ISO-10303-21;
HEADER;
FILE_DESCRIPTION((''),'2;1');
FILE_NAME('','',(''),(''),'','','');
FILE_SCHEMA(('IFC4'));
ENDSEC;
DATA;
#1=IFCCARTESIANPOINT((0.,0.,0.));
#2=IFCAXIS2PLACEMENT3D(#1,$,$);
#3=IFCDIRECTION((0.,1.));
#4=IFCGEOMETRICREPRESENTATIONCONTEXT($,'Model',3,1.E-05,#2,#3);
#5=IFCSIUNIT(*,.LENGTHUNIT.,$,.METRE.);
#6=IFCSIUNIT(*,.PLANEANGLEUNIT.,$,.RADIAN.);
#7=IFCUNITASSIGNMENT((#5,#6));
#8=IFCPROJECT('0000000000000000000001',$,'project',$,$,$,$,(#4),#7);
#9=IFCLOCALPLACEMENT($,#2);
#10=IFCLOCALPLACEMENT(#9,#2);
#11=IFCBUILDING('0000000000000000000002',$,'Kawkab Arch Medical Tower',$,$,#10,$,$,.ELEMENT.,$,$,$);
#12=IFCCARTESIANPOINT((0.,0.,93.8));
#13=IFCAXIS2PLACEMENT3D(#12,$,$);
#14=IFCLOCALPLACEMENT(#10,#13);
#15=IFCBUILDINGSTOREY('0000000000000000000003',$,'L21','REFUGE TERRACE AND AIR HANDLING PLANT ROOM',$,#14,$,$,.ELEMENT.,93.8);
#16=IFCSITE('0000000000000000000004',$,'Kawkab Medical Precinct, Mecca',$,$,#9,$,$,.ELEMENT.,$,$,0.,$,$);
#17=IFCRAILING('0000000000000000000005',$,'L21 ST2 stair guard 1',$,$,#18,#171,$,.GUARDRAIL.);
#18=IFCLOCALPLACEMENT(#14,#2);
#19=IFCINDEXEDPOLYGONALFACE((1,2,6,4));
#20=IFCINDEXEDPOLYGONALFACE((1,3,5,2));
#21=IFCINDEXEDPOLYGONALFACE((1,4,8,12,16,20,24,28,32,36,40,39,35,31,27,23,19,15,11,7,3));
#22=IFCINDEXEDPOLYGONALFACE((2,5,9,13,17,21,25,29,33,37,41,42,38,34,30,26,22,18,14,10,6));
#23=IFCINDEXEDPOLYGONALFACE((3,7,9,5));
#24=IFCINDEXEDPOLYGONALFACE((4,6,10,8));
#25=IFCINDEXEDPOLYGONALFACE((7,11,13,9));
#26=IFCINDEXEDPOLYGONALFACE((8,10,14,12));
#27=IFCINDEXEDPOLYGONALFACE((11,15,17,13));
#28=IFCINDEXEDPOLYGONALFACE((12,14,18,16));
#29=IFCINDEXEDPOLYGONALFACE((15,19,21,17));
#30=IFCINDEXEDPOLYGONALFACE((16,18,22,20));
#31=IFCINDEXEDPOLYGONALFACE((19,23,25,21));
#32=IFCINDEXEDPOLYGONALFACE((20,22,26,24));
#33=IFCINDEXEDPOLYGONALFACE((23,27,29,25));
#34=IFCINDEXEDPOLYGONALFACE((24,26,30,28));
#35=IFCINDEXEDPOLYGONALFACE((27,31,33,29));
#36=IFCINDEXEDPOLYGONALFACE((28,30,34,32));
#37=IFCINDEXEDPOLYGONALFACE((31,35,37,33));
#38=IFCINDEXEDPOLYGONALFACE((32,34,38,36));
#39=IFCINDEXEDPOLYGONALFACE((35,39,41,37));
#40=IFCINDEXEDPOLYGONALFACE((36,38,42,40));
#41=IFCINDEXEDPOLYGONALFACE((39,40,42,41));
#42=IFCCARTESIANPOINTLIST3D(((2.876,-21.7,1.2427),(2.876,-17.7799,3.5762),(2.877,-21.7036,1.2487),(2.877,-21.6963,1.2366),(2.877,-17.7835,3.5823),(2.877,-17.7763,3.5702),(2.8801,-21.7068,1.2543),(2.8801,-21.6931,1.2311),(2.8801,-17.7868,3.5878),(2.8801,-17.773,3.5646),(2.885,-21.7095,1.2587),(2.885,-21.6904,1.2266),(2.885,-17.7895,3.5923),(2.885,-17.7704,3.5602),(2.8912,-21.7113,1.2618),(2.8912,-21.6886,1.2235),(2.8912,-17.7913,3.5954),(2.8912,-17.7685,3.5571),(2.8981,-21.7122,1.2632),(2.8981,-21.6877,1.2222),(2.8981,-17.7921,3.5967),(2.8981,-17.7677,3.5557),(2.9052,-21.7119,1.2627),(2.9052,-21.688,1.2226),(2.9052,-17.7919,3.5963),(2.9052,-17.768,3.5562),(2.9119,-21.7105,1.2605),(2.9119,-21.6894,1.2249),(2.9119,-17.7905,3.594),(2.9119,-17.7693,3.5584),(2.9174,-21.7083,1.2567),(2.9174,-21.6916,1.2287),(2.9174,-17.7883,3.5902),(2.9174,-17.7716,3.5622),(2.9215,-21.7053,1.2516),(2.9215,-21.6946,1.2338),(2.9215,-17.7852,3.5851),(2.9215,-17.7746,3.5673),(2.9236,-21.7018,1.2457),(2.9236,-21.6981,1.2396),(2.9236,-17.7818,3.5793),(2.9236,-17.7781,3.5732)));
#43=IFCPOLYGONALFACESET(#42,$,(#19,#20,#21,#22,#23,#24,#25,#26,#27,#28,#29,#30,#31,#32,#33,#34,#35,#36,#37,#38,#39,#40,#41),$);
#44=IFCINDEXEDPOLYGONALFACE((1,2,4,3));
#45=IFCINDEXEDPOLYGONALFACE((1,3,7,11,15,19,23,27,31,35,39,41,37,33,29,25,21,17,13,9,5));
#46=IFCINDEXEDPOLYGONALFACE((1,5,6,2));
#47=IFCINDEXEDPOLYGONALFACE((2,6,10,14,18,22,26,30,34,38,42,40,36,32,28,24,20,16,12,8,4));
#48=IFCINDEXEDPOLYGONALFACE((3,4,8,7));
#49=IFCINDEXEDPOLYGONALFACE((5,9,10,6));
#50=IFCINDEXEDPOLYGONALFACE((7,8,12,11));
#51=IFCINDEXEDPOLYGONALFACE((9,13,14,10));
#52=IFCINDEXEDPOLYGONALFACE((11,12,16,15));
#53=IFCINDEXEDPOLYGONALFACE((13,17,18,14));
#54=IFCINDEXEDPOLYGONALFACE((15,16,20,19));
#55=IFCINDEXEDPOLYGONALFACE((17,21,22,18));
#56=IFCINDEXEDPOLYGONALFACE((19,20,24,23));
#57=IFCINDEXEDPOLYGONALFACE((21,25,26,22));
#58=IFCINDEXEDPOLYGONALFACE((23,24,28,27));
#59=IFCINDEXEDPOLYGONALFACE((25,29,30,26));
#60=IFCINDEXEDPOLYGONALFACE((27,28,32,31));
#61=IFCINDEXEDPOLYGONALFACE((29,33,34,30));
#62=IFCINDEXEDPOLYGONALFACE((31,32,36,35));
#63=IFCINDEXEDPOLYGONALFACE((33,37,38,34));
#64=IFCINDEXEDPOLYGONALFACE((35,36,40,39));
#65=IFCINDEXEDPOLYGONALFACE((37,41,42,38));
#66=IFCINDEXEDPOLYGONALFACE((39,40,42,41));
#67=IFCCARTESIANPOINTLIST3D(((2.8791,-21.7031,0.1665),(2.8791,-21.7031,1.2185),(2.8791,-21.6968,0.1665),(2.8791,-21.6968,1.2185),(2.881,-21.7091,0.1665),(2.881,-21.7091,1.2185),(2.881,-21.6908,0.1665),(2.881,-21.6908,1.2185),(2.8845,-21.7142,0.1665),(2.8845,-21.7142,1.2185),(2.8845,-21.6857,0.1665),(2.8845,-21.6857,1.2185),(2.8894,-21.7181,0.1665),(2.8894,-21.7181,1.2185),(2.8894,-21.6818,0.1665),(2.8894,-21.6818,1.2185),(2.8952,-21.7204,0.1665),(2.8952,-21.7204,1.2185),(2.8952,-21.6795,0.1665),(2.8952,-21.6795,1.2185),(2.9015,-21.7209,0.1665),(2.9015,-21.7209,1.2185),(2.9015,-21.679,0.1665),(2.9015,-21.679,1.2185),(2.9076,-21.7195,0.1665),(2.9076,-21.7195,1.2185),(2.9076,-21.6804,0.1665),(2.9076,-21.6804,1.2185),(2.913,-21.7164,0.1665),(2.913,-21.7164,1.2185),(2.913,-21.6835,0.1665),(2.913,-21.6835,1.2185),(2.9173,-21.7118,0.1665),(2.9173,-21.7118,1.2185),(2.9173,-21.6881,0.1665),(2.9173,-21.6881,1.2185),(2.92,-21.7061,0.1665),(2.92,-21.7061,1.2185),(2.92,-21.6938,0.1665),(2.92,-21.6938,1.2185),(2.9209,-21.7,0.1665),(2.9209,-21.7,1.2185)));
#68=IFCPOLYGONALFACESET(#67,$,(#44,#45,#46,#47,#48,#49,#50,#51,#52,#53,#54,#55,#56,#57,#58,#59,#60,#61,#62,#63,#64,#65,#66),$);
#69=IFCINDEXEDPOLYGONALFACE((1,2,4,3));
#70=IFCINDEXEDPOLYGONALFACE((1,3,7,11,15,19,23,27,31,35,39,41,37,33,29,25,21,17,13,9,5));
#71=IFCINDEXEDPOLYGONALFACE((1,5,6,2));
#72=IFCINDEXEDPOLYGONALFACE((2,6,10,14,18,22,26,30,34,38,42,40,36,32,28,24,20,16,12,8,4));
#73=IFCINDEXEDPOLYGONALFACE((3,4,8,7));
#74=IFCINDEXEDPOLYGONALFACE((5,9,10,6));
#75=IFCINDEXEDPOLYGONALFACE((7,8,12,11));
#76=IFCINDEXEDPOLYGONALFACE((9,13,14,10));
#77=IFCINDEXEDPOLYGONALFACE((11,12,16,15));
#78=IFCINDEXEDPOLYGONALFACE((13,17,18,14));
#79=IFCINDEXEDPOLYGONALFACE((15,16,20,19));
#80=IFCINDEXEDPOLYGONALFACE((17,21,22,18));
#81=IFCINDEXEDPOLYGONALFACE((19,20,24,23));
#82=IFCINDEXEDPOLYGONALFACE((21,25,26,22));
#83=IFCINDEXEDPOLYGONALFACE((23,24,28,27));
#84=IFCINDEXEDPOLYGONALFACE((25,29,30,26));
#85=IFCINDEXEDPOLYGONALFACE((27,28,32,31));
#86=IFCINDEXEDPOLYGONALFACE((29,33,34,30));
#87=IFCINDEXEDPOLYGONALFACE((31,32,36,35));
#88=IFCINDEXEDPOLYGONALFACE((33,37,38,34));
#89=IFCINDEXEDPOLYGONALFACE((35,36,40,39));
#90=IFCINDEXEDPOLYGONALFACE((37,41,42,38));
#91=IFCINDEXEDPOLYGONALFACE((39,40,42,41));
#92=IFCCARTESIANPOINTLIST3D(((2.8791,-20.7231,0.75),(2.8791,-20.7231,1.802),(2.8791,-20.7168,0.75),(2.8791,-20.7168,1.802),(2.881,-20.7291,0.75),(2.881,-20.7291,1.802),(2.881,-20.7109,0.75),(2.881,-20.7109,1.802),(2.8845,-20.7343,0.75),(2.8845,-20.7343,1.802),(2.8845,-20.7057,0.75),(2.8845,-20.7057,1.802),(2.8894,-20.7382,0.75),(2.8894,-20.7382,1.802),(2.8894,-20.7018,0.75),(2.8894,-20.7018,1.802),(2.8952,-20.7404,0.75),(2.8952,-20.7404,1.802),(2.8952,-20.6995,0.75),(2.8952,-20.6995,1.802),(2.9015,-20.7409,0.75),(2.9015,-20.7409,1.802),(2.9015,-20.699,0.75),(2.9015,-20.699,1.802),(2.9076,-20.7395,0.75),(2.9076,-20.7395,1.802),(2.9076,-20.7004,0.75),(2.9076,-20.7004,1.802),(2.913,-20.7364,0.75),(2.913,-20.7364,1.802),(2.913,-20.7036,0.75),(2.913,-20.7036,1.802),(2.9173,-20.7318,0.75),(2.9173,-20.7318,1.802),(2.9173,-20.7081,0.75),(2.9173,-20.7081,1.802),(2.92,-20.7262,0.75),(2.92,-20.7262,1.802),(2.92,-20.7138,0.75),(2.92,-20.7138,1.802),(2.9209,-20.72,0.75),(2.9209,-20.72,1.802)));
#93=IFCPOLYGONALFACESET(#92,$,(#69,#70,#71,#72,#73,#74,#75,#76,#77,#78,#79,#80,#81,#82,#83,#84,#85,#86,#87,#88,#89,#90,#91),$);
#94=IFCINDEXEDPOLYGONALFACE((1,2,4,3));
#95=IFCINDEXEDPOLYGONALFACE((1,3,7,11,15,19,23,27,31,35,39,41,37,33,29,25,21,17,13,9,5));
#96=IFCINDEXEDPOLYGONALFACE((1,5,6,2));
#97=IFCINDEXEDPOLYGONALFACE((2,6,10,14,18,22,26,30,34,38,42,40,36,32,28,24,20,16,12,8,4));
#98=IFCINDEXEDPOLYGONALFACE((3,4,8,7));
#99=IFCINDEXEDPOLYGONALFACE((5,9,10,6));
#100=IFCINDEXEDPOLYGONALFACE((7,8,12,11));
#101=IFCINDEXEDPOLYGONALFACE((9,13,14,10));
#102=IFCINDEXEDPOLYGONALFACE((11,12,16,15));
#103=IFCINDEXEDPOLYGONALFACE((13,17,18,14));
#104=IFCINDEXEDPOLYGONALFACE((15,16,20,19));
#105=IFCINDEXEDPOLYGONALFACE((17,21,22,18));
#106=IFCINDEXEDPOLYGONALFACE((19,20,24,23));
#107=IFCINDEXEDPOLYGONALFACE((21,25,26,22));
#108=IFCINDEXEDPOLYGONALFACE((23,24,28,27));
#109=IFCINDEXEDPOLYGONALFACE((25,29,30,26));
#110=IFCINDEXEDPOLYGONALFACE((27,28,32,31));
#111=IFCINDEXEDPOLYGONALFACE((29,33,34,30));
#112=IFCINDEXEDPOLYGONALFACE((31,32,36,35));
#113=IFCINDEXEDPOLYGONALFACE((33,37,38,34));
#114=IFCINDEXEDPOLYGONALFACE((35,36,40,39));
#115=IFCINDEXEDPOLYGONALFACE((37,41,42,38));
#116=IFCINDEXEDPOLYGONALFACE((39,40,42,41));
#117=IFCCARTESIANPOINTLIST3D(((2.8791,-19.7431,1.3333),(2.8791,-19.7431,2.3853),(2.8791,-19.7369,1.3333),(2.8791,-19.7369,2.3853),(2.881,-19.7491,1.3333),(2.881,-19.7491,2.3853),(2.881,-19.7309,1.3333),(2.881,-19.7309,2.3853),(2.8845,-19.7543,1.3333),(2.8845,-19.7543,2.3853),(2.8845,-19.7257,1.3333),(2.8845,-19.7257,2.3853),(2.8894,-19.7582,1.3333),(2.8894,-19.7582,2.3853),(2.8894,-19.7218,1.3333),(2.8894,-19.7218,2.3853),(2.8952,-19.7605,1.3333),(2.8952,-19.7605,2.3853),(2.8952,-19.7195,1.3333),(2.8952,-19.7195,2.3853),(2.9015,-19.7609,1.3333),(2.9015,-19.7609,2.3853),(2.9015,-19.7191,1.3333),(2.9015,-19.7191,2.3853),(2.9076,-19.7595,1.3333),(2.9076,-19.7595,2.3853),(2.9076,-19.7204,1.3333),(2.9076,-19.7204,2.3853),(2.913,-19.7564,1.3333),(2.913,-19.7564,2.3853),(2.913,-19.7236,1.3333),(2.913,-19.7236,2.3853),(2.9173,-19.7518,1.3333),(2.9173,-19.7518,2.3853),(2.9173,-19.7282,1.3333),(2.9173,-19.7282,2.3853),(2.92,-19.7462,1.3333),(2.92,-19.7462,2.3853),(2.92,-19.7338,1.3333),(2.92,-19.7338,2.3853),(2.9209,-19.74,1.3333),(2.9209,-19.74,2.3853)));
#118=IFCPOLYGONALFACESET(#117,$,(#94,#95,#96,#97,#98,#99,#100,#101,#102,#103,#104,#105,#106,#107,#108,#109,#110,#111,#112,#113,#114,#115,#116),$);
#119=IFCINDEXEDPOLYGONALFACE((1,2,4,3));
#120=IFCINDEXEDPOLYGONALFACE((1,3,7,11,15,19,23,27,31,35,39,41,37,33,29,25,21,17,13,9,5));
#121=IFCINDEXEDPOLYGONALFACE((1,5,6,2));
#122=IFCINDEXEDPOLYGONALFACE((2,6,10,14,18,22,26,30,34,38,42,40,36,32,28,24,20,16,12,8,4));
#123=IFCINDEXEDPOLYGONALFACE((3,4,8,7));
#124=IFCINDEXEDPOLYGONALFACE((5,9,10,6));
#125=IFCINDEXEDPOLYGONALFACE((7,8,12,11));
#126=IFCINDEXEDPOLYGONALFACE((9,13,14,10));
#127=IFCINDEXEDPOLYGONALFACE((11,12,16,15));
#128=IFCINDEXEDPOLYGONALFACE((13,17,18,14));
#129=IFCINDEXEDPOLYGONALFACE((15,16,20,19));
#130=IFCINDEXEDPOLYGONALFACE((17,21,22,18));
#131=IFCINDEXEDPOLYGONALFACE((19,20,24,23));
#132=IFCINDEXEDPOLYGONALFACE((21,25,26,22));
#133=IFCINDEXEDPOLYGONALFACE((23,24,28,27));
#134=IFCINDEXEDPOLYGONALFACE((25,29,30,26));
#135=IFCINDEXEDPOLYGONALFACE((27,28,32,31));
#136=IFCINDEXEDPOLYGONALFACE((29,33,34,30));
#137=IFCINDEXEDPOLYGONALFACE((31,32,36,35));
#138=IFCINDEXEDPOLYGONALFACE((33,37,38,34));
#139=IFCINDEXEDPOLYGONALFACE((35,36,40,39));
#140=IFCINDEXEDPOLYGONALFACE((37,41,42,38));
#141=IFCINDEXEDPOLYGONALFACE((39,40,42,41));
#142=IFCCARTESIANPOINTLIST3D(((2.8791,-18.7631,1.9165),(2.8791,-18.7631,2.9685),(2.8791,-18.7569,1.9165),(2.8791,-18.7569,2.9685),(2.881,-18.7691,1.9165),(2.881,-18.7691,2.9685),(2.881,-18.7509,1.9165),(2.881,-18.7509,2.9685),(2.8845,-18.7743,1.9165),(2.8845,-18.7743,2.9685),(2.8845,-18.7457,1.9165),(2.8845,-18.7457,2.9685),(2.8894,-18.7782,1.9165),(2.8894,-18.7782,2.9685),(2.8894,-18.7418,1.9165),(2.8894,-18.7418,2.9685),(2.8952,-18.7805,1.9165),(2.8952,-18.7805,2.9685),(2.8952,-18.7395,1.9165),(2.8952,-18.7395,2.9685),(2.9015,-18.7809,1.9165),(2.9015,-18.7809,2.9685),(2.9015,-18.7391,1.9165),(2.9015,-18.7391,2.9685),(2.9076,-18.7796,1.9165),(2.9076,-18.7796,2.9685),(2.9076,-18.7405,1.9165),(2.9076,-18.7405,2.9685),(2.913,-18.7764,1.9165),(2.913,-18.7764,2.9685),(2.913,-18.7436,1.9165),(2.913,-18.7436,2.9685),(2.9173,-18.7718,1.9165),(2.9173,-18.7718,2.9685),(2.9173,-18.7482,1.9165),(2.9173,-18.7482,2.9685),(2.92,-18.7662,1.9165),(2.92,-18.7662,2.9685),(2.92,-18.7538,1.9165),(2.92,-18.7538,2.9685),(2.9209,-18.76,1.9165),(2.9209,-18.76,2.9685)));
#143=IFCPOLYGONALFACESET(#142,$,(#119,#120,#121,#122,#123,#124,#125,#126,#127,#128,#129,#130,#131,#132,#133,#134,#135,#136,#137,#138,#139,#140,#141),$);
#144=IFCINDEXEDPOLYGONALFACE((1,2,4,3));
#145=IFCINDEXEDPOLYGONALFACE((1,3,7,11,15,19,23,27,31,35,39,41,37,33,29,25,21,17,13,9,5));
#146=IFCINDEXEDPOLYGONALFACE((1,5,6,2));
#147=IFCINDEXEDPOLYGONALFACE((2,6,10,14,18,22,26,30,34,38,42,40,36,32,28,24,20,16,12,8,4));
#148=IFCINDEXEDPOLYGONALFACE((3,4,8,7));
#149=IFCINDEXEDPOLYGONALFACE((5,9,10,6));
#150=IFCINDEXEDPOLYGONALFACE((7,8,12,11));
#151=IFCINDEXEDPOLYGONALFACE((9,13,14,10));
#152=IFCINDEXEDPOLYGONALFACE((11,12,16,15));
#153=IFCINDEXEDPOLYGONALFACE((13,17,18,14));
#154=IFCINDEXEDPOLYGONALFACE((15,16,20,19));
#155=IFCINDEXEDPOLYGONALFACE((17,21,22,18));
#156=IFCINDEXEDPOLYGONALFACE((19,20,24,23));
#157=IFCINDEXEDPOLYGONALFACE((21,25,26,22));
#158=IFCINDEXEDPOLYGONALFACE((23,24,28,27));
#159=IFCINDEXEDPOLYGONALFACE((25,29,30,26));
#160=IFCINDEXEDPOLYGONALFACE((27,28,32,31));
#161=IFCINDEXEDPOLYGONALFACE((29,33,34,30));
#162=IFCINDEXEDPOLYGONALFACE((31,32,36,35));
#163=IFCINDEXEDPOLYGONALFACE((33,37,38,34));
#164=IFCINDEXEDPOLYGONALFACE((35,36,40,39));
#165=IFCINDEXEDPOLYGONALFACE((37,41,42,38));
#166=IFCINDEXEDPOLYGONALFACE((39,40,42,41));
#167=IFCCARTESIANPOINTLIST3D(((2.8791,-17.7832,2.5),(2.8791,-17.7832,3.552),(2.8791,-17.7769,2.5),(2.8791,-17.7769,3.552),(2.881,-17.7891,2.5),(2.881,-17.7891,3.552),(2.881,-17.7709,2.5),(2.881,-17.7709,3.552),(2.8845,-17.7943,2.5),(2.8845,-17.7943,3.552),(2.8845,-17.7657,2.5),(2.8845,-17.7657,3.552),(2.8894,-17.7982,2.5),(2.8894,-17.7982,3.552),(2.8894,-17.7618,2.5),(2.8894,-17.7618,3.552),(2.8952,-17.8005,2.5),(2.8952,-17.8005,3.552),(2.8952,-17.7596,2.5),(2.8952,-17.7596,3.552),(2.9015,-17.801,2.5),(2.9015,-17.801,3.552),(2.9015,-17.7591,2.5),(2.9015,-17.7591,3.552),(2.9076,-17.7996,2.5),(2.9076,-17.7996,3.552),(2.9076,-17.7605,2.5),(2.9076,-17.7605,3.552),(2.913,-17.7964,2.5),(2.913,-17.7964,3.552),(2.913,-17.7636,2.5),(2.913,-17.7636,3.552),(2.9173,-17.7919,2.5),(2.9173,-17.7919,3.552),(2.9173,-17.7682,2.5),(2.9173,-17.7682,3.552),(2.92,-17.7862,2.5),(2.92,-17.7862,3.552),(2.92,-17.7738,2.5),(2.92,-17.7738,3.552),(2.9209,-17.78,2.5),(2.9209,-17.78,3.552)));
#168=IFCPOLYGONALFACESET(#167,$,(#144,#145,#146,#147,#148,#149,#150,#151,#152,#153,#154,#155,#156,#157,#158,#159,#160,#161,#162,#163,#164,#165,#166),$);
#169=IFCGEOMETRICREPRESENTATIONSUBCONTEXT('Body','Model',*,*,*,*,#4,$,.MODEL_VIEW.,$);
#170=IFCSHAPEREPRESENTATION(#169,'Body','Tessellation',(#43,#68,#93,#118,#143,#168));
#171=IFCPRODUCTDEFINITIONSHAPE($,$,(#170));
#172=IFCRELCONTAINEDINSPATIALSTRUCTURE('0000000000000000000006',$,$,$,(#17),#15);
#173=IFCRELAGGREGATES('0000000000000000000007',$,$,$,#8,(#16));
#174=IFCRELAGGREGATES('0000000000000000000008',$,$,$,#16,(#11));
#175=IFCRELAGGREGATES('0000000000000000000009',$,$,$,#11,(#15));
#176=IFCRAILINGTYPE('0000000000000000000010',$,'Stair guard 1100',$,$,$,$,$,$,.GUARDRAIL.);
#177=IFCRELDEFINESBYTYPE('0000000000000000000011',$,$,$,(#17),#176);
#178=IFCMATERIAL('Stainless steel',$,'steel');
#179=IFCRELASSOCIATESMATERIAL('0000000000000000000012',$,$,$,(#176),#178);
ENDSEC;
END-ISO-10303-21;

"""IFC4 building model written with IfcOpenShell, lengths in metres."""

from ifc_helpers import new_model, si_unit, direction, frame, origin, origin_2d, place, context, subcontext, project, spatial, circle, extrude, material, type_object, element, save


model = new_model("IFC4")

# Units and contexts
model_context = context("Model", 3, precision=1e-05, world=origin(), true_north=direction((0.0, 1.0)))
body_context = subcontext(model_context, "Body", "Model", "MODEL_VIEW")
ifc_project = project(units=[si_unit("LENGTHUNIT", "METRE"), si_unit("PLANEANGLEUNIT", "RADIAN")], contexts=[model_context])

# Site, building, storey
site_placement = place(None, origin())
site = spatial("IfcSite", under=ifc_project, at=site_placement, Name="Kawkab Medical Precinct, Mecca", CompositionType="ELEMENT", RefElevation=0.0)
building_placement = place(site_placement, origin())
building = spatial("IfcBuilding", under=site, at=building_placement, Name="Kawkab Arch Medical Tower", CompositionType="ELEMENT")
storey_placement = place(building_placement, frame((0.0, 0.0, 93.8)))
storey = spatial("IfcBuildingStorey", under=building, at=storey_placement, Name="L21", Description="REFUGE TERRACE AND AIR HANDLING PLANT ROOM", CompositionType="ELEMENT", Elevation=93.8)

# Railing
ifc_material_1 = material(Name="Stainless steel", Category="steel")
railing_type = type_object("IfcRailingType", Name="Stair guard 1100", PredefinedType="GUARDRAIL", material=ifc_material_1)
railing_1_placement = place(storey_placement, frame((2.8999, -21.7, 0.1665)))
element("IfcRailing", 1, at=railing_1_placement, inside=storey, type_object=railing_type, Name="L21 ST2 stair guard 1", PredefinedType="GUARDRAIL", context=body_context, shape_type="SweptSolid", body=[
    extrude(circle(Radius=0.0239, at=origin_2d()), frame((0.0, 0.0, 1.0762), z_axis=(0.0, 0.859273, 0.511518), x_axis=(-1.0, 0.0, 0.0)), (0.0, 0.0, 1.0), 4.562),
    extrude(circle(Radius=0.021, at=origin_2d()), origin(), (0.0, 0.0, 1.0), 1.052),
    extrude(circle(Radius=0.021, at=origin_2d()), frame((0.0, 0.98, 0.5835)), (0.0, 0.0, 1.0), 1.052),
    extrude(circle(Radius=0.021, at=origin_2d()), frame((0.0, 1.96, 1.1667)), (0.0, 0.0, 1.0), 1.052),
    extrude(circle(Radius=0.021, at=origin_2d()), frame((0.0, 2.9399, 1.75)), (0.0, 0.0, 1.0), 1.052),
    extrude(circle(Radius=0.021, at=origin_2d()), frame((0.0, 3.9199, 2.3335)), (0.0, 0.0, 1.0), 1.052),
])

save(model, "model.ifc")
